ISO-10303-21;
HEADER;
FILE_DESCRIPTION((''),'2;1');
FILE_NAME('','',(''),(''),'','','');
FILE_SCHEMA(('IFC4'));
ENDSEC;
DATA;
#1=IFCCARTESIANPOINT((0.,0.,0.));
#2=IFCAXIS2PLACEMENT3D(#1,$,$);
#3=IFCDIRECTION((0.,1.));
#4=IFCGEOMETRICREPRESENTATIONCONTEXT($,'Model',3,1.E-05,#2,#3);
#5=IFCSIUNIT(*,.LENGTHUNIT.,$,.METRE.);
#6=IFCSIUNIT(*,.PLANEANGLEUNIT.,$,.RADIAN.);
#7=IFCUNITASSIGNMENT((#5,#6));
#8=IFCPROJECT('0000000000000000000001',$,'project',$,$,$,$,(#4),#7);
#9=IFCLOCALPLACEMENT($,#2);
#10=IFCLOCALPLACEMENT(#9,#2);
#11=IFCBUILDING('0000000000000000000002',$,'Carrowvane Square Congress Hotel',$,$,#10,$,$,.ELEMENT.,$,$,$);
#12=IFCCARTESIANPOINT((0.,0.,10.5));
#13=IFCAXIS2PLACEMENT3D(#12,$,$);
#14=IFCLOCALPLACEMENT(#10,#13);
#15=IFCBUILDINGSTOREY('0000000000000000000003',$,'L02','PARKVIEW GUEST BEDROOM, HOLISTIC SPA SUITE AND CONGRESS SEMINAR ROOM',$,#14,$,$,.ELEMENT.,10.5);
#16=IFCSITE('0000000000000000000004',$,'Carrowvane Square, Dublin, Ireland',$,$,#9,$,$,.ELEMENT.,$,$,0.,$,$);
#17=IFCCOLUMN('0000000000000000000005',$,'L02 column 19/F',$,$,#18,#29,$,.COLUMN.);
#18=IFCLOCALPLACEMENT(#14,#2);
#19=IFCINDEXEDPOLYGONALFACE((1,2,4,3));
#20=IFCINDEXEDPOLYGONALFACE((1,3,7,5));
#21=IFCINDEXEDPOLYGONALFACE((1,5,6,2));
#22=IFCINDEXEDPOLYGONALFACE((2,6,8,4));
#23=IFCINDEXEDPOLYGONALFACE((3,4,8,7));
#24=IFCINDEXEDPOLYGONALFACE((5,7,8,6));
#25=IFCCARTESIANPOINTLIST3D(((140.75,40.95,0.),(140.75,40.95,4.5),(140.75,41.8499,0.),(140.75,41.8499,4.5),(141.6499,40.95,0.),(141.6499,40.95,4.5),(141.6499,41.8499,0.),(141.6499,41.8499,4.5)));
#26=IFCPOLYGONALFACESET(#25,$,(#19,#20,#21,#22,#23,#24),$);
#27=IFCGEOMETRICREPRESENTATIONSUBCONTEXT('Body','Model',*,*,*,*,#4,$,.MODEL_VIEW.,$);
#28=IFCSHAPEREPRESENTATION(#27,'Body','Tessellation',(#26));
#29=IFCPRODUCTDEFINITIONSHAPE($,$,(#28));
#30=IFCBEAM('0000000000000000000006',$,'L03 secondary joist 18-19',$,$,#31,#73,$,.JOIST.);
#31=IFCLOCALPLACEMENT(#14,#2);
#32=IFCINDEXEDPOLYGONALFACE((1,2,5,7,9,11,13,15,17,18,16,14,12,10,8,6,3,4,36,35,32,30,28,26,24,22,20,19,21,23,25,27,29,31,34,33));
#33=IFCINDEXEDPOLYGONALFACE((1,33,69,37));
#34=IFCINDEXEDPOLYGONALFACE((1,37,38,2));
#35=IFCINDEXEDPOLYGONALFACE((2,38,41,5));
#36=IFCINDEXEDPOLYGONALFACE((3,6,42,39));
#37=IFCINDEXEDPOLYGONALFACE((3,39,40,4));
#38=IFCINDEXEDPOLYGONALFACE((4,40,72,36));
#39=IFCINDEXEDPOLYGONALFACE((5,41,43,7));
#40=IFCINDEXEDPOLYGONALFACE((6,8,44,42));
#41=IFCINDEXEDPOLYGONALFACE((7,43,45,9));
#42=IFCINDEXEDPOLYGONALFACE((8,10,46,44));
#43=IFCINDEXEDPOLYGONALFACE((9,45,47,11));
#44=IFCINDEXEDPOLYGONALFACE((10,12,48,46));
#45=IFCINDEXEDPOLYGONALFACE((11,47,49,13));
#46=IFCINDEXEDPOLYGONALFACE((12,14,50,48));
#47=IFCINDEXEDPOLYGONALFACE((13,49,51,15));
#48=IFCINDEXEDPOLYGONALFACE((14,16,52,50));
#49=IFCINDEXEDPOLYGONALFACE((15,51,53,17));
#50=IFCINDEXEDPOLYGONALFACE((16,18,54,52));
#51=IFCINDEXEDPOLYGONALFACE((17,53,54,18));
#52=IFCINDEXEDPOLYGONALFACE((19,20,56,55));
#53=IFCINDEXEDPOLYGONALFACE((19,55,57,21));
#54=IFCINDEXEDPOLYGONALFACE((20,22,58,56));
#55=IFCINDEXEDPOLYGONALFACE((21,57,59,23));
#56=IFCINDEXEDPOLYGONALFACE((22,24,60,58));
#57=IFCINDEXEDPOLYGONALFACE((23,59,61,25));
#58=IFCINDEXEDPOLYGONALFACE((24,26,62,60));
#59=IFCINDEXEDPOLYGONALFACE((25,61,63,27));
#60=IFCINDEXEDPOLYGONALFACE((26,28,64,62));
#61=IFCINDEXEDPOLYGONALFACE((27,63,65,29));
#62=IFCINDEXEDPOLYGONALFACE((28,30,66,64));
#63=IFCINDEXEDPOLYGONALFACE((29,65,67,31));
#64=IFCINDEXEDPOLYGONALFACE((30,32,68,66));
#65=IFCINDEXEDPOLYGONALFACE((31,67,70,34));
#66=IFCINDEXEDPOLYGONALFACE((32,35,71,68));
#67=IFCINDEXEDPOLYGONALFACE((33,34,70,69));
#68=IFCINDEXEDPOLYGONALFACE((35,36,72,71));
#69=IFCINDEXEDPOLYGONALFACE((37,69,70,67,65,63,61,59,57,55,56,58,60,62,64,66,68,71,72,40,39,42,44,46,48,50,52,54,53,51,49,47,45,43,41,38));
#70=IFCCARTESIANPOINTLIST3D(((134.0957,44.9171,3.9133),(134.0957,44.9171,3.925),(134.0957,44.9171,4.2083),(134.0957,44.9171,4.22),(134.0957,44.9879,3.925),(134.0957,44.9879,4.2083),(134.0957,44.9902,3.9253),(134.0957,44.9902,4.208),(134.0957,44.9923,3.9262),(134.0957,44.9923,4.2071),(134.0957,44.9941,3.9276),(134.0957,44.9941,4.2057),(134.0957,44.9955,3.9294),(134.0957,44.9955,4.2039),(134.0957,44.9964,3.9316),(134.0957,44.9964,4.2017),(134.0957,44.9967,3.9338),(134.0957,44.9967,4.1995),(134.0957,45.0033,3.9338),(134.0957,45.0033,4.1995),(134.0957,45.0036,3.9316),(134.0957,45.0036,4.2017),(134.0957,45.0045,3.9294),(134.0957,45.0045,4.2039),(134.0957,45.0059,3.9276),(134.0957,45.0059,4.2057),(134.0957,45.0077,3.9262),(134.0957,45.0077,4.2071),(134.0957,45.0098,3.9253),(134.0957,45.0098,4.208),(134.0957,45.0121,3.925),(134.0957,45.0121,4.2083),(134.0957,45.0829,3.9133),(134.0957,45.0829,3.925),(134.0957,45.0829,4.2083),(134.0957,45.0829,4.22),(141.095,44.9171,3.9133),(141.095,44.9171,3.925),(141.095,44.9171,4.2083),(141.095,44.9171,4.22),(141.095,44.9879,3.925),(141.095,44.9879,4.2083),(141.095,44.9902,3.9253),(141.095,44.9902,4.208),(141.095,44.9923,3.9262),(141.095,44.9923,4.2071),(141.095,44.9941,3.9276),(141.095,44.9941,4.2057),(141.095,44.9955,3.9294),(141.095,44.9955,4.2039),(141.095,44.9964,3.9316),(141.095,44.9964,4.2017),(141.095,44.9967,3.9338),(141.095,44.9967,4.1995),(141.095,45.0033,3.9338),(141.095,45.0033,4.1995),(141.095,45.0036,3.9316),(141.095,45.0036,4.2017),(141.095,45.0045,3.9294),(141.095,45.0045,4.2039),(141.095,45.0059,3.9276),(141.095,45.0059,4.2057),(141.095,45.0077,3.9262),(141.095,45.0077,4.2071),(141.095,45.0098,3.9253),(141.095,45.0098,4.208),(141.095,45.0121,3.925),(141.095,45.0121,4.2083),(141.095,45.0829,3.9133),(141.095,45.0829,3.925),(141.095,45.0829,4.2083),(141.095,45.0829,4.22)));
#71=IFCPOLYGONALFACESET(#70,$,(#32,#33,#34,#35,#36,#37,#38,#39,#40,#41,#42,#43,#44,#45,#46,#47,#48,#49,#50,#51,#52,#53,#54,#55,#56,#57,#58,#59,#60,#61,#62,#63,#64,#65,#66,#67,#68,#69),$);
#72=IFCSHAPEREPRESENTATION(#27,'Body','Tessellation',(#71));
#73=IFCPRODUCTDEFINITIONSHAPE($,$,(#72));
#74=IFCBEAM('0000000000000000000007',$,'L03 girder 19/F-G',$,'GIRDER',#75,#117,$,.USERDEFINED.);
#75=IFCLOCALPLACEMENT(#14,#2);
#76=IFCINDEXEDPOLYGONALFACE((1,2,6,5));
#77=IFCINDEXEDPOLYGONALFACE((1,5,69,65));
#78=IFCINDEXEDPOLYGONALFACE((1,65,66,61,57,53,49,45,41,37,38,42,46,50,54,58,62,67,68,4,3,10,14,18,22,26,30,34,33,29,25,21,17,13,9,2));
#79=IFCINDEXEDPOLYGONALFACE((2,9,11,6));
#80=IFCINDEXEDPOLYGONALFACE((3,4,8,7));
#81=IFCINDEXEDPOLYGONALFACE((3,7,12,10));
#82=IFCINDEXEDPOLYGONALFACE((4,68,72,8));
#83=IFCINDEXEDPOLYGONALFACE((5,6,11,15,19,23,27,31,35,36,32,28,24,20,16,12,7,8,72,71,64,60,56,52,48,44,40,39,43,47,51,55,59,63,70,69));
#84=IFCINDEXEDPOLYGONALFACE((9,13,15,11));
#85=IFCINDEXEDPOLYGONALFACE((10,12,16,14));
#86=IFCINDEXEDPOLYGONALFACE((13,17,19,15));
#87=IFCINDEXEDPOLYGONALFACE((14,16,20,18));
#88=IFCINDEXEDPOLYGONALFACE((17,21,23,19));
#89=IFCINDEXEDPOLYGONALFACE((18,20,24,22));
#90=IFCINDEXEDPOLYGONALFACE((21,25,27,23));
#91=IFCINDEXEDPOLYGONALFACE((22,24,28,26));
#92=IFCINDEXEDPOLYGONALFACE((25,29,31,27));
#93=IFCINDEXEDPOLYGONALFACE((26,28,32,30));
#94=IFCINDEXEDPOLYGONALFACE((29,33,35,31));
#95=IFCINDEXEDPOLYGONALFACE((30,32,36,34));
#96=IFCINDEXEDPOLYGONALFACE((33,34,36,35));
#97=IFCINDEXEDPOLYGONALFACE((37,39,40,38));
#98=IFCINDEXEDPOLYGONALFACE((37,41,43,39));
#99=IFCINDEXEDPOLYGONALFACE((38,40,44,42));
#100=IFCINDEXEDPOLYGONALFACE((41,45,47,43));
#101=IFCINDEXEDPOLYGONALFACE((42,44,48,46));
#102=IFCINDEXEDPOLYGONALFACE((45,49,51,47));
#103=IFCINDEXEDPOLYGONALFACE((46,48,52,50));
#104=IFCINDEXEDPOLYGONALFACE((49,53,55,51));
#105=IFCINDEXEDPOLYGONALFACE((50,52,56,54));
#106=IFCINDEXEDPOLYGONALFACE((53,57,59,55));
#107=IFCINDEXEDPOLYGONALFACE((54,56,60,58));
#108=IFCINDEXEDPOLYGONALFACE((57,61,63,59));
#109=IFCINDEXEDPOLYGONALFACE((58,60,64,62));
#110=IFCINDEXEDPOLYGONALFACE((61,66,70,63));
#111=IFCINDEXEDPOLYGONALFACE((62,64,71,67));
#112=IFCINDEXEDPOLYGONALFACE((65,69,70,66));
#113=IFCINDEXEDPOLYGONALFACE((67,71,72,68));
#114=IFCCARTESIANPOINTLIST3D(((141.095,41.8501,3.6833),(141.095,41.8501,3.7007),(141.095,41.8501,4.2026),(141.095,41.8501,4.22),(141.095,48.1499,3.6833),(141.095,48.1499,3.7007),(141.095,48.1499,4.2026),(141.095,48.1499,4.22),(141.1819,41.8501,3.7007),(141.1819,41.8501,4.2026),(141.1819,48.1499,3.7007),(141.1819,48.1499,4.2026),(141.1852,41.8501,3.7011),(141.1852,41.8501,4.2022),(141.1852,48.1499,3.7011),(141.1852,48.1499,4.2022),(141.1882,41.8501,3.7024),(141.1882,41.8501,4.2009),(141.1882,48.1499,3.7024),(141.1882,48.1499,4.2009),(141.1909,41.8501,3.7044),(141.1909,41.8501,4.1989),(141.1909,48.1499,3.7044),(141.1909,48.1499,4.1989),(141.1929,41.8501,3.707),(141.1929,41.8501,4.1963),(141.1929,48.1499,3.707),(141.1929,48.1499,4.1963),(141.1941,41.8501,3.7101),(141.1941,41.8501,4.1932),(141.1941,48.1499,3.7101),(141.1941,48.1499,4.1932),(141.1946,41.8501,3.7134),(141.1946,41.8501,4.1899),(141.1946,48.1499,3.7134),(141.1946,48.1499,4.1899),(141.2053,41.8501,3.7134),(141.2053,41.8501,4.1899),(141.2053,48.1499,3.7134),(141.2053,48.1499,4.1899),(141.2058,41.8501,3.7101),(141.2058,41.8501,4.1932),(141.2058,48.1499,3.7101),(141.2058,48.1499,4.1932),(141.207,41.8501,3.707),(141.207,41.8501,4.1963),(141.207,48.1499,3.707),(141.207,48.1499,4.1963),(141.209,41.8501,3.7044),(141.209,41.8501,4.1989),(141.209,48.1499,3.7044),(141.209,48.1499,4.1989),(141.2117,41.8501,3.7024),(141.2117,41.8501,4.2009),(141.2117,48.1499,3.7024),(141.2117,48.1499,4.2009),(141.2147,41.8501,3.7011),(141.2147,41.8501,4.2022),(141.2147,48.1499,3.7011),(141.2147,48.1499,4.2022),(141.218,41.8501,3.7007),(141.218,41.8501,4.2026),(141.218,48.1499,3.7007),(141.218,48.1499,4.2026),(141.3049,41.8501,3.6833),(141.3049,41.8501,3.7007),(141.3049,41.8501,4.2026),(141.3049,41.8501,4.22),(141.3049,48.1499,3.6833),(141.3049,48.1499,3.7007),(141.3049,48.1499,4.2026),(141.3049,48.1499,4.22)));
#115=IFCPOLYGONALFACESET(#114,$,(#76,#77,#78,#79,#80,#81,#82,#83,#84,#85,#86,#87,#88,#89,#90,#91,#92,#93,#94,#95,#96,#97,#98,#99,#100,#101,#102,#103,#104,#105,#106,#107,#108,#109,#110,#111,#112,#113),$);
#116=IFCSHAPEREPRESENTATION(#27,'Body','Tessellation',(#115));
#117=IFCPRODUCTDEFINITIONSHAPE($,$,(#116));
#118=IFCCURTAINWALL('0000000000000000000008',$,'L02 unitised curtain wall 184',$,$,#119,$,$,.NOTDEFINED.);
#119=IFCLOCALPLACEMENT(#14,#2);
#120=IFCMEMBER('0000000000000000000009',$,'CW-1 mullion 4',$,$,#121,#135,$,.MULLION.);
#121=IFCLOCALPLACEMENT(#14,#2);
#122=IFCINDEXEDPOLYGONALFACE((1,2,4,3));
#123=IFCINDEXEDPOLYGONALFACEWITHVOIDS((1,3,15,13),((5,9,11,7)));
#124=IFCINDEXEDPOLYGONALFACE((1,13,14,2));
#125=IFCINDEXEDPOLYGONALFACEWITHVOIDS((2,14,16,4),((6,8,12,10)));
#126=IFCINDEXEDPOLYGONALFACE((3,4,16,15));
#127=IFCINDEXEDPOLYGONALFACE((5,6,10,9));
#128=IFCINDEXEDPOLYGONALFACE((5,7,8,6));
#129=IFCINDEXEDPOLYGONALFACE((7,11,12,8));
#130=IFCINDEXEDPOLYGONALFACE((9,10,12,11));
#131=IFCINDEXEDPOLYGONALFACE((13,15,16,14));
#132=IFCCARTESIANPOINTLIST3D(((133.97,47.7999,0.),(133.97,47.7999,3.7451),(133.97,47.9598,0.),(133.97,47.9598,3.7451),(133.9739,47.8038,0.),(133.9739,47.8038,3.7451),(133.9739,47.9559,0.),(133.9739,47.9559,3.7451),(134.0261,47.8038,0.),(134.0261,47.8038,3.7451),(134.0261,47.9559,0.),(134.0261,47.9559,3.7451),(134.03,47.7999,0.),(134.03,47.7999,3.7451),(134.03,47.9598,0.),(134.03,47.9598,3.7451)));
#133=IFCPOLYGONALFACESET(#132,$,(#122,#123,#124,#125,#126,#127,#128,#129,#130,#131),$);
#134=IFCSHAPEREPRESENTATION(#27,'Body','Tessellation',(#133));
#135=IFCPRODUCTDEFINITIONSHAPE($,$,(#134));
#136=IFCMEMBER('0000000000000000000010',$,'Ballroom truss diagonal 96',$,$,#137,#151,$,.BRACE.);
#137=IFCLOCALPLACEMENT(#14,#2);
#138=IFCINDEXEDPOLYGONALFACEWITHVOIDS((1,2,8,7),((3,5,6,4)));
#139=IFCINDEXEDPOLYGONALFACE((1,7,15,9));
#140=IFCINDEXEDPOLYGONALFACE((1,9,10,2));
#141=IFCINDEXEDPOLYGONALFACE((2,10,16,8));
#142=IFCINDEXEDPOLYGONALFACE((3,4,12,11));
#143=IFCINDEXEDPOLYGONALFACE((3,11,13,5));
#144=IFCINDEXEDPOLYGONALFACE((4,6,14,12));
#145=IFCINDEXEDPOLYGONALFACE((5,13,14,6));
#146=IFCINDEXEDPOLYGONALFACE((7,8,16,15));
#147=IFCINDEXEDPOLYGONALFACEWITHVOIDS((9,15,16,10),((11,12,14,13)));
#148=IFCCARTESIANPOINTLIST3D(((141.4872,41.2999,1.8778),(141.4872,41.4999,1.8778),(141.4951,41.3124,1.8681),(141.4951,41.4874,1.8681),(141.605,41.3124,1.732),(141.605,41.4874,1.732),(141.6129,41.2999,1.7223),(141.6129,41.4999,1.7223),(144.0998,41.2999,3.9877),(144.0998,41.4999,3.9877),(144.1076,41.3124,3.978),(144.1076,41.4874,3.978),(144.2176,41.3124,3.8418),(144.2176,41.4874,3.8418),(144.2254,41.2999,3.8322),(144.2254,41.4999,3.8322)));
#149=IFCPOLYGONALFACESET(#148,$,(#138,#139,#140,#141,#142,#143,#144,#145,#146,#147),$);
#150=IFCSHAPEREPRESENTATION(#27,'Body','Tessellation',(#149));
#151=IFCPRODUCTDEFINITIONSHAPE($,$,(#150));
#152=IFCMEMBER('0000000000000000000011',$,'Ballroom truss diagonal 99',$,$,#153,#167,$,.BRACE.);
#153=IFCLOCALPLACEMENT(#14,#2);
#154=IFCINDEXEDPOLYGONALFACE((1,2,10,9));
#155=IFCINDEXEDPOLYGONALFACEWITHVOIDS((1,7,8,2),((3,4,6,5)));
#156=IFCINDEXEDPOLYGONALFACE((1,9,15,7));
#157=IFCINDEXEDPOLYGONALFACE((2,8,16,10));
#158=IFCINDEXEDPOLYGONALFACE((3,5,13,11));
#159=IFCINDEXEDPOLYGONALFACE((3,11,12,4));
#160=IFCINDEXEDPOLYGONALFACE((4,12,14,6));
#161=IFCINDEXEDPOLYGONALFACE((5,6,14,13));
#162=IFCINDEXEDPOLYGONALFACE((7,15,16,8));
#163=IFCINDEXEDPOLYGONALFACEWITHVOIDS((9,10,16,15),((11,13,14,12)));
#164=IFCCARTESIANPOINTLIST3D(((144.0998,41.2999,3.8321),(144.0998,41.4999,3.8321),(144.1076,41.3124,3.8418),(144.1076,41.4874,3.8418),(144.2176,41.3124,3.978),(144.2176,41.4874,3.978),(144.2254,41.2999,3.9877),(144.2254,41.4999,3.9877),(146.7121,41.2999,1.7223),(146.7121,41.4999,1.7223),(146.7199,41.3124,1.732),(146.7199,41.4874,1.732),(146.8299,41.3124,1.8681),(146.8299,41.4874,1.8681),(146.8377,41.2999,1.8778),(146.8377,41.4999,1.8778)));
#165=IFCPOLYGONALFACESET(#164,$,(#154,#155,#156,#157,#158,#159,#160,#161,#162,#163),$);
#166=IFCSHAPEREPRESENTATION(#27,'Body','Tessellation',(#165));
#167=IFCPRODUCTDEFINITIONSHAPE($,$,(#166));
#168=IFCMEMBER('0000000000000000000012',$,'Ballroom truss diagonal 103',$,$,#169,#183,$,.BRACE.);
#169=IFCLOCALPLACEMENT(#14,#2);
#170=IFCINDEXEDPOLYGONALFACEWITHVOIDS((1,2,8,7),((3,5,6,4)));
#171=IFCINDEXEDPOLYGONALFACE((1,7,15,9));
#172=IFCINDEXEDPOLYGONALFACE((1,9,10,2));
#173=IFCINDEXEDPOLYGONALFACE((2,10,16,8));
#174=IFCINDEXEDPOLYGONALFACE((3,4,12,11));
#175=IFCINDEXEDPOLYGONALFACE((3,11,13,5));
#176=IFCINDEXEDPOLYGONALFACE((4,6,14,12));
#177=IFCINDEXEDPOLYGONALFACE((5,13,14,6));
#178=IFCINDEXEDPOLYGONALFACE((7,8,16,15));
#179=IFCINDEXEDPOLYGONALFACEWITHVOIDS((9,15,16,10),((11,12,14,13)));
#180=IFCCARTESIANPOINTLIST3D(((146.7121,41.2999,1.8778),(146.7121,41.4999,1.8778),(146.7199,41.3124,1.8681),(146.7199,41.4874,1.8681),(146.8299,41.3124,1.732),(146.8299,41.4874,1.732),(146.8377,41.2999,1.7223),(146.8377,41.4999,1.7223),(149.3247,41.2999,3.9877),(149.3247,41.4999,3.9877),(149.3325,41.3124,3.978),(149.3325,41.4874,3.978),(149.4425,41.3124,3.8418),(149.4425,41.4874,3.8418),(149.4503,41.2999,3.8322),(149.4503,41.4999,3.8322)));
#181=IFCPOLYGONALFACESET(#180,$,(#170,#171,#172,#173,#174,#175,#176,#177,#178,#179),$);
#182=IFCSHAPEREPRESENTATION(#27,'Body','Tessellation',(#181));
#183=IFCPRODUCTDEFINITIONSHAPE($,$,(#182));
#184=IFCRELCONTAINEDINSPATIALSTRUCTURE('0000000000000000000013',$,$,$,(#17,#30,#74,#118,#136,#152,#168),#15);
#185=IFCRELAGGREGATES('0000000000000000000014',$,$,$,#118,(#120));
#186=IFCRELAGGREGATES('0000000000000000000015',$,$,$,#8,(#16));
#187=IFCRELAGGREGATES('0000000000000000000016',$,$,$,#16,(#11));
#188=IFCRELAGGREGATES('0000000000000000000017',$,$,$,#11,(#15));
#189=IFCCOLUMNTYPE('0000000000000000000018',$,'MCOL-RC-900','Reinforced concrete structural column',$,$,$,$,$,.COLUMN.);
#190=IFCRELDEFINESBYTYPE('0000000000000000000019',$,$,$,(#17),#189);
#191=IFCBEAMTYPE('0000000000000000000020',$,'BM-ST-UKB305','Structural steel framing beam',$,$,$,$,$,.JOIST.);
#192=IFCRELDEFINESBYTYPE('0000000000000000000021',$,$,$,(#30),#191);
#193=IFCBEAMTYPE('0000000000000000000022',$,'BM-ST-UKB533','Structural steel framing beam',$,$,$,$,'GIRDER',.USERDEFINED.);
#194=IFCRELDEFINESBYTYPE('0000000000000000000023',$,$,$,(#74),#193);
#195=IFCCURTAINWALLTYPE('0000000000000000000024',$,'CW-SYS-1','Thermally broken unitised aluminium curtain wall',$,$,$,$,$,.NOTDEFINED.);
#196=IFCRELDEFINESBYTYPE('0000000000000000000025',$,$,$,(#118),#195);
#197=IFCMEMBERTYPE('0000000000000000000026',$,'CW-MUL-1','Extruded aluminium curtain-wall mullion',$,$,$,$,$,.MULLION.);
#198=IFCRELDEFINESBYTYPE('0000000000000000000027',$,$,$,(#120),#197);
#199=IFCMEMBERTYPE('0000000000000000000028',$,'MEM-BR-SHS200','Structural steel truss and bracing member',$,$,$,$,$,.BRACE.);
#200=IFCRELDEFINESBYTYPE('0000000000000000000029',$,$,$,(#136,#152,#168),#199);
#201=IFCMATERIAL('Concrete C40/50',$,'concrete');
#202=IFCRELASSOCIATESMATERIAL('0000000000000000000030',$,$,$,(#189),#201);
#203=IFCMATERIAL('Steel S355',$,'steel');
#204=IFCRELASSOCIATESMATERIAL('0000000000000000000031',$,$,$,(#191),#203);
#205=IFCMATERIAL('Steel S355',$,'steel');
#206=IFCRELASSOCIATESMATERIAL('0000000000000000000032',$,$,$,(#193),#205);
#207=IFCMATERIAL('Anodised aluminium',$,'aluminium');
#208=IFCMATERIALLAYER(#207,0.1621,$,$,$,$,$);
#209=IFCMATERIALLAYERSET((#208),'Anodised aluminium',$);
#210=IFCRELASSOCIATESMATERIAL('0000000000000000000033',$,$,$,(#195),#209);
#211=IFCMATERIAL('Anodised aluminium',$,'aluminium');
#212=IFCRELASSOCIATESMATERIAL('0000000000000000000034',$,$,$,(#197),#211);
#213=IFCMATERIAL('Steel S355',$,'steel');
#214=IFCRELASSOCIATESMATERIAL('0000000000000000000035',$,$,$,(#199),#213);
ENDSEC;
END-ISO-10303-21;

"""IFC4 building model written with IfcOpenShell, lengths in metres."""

from ifc_helpers import new_model, si_unit, direction, frame, origin, origin_2d, place, context, subcontext, project, spatial, rectangle, hollow_rectangle, i_section, extrude, material, layer, layer_set, material_profile, profile_set, type_object, element, aggregate, save


model = new_model("IFC4")

# Units and contexts
model_context = context("Model", 3, precision=1e-05, world=origin(), true_north=direction((0.0, 1.0)))
body_context = subcontext(model_context, "Body", "Model", "MODEL_VIEW")
ifc_project = project(units=[si_unit("LENGTHUNIT", "METRE"), si_unit("PLANEANGLEUNIT", "RADIAN")], contexts=[model_context])

# Site, building, storey
site_placement = place(None, origin())
site = spatial("IfcSite", under=ifc_project, at=site_placement, Name="Carrowvane Square, Dublin, Ireland", CompositionType="ELEMENT", RefElevation=0.0)
building_placement = place(site_placement, origin())
building = spatial("IfcBuilding", under=site, at=building_placement, Name="Carrowvane Square Congress Hotel", CompositionType="ELEMENT")
storey_placement = place(building_placement, frame((0.0, 0.0, 10.5)))
storey = spatial("IfcBuildingStorey", under=building, at=storey_placement, Name="L02", Description="PARKVIEW GUEST BEDROOM, HOLISTIC SPA SUITE AND CONGRESS SEMINAR ROOM", CompositionType="ELEMENT", Elevation=10.5)

# Column
ifc_material_1 = material(Name="Concrete C40/50", Category="concrete")
ifc_material_profile_1 = material_profile(ifc_material_1, rectangle(XDim=0.8999, YDim=0.8999, at=origin_2d()), Name="RC 900x900")
ifc_profile_set_1 = profile_set([ifc_material_profile_1], Name="Concrete C40/50")
column_type = type_object("IfcColumnType", Name="MCOL-RC-900", Description="Reinforced concrete structural column", PredefinedType="COLUMN", material=ifc_profile_set_1)
column_placement = place(storey_placement, frame((141.2, 41.3999, 0.0), z_axis=(0.0, 0.0, 1.0), x_axis=(1.0, 0.0, 0.0)))
element("IfcColumn", 1, at=column_placement, inside=storey, type_object=column_type, Name="L02 column 19/F", PredefinedType="COLUMN", context=body_context, shape_type="SweptSolid", body=[
    extrude(rectangle(XDim=0.8999, YDim=0.8999, at=origin_2d()), origin(), (0.0, 0.0, 1.0), 4.5),
])

# Beams
ifc_material_2 = material(Name="Steel S355", Category="steel")
ifc_material_profile_2 = material_profile(ifc_material_2, i_section(OverallWidth=0.1658, OverallDepth=0.3066, WebThickness=0.0066, FlangeThickness=0.0117, FilletRadius=0.0088, at=origin_2d()), Name="UKB 305x165x46")
ifc_profile_set_2 = profile_set([ifc_material_profile_2], Name="Steel S355")
beam_type_1 = type_object("IfcBeamType", Name="BM-ST-UKB305", Description="Structural steel framing beam", PredefinedType="JOIST", material=ifc_profile_set_2)
beam_1_placement = place(storey_placement, frame((134.0957, 45.0, 4.0667), z_axis=(1.0, 0.0, 0.0), x_axis=(0.0, 1.0, 0.0)))
element("IfcBeam", 2, at=beam_1_placement, inside=storey, type_object=beam_type_1, Name="L03 secondary joist 18-19", PredefinedType="JOIST", context=body_context, shape_type="SweptSolid", body=[
    extrude(i_section(OverallWidth=0.1658, OverallDepth=0.3066, WebThickness=0.0066, FlangeThickness=0.0117, FilletRadius=0.0088, at=origin_2d()), origin(), (0.0, 0.0, 1.0), 6.9993),
])
ifc_material_3 = material(Name="Steel S355", Category="steel")
ifc_material_profile_3 = material_profile(ifc_material_3, i_section(OverallWidth=0.21, OverallDepth=0.5366, WebThickness=0.0107, FlangeThickness=0.0173, FilletRadius=0.0127, at=origin_2d()), Name="UKB 533x210x101")
ifc_profile_set_3 = profile_set([ifc_material_profile_3], Name="Steel S355")
beam_type_2 = type_object("IfcBeamType", Name="BM-ST-UKB533", Description="Structural steel framing beam", ElementType="GIRDER", PredefinedType="USERDEFINED", material=ifc_profile_set_3)
beam_2_placement = place(storey_placement, frame((141.2, 41.8501, 3.9517), z_axis=(0.0, 1.0, 0.0), x_axis=(-1.0, 0.0, 0.0)))
element("IfcBeam", 3, at=beam_2_placement, inside=storey, type_object=beam_type_2, Name="L03 girder 19/F-G", ObjectType="GIRDER", PredefinedType="USERDEFINED", context=body_context, shape_type="SweptSolid", body=[
    extrude(i_section(OverallWidth=0.21, OverallDepth=0.5366, WebThickness=0.0107, FlangeThickness=0.0173, FilletRadius=0.0127, at=origin_2d()), origin(), (0.0, 0.0, 1.0), 6.2998),
])

# Curtain wall, member
ifc_material_4 = material(Name="Anodised aluminium", Category="aluminium")
ifc_layer_1 = layer(ifc_material_4, 0.1621)
ifc_layer_set_1 = layer_set([ifc_layer_1], Name="Anodised aluminium")
curtain_wall_type = type_object("IfcCurtainWallType", Name="CW-SYS-1", Description="Thermally broken unitised aluminium curtain wall", PredefinedType="NOTDEFINED", material=ifc_layer_set_1)
curtain_wall_placement = place(storey_placement, origin())
curtain_wall = element("IfcCurtainWall", 4, at=curtain_wall_placement, inside=storey, type_object=curtain_wall_type, Name="L02 unitised curtain wall 184", PredefinedType="NOTDEFINED")
ifc_material_5 = material(Name="Anodised aluminium", Category="aluminium")
ifc_material_profile_4 = material_profile(ifc_material_5, hollow_rectangle(XDim=0.0601, YDim=0.1599, WallThickness=0.0039, at=origin_2d()), Name="CW-ML 60x160x4")
ifc_profile_set_4 = profile_set([ifc_material_profile_4], Name="Anodised aluminium")
member_type_1 = type_object("IfcMemberType", Name="CW-MUL-1", Description="Extruded aluminium curtain-wall mullion", PredefinedType="MULLION", material=ifc_profile_set_4)
member_1_placement = place(storey_placement, frame((134.0, 47.8799, 0.0), z_axis=(0.0, 0.0, 1.0), x_axis=(-1.0, 0.0, 0.0)))
member_1 = element("IfcMember", 5, at=member_1_placement, type_object=member_type_1, Name="CW-1 mullion 4", PredefinedType="MULLION", context=body_context, shape_type="SweptSolid", body=[
    extrude(hollow_rectangle(XDim=0.0601, YDim=0.1599, WallThickness=0.0039, at=origin_2d()), origin(), (0.0, 0.0, 1.0), 3.7451),
])

# Members
ifc_material_6 = material(Name="Steel S355", Category="steel")
ifc_material_profile_5 = material_profile(ifc_material_6, hollow_rectangle(XDim=0.2, YDim=0.2, WallThickness=0.0125, at=origin_2d()), Name="SHS 200x200x12.5")
ifc_profile_set_5 = profile_set([ifc_material_profile_5], Name="Steel S355")
member_type_2 = type_object("IfcMemberType", Name="MEM-BR-SHS200", Description="Structural steel truss and bracing member", PredefinedType="BRACE", material=ifc_profile_set_5)
member_2_placement = place(storey_placement, frame((141.55, 41.3999, 1.8), z_axis=(0.777981, 0.0, 0.628288), x_axis=(0.0, 1.0, 0.0)))
element("IfcMember", 6, at=member_2_placement, inside=storey, type_object=member_type_2, Name="Ballroom truss diagonal 96", PredefinedType="BRACE", context=body_context, shape_type="SweptSolid", body=[
    extrude(hollow_rectangle(XDim=0.2, YDim=0.2, WallThickness=0.0125, at=origin_2d()), origin(), (0.0, 0.0, 1.0), 3.3582),
])
member_3_placement = place(storey_placement, frame((144.1626, 41.3999, 3.9099), z_axis=(0.777952, 0.0, -0.628324), x_axis=(0.0, 1.0, 0.0)))
element("IfcMember", 7, at=member_3_placement, inside=storey, type_object=member_type_2, Name="Ballroom truss diagonal 99", PredefinedType="BRACE", context=body_context, shape_type="SweptSolid", body=[
    extrude(hollow_rectangle(XDim=0.2, YDim=0.2, WallThickness=0.0125, at=origin_2d()), origin(), (0.0, 0.0, 1.0), 3.3579),
])
member_4_placement = place(storey_placement, frame((146.7749, 41.3999, 1.8), z_axis=(0.777981, 0.0, 0.628288), x_axis=(0.0, 1.0, 0.0)))
element("IfcMember", 8, at=member_4_placement, inside=storey, type_object=member_type_2, Name="Ballroom truss diagonal 103", PredefinedType="BRACE", context=body_context, shape_type="SweptSolid", body=[
    extrude(hollow_rectangle(XDim=0.2, YDim=0.2, WallThickness=0.0125, at=origin_2d()), origin(), (0.0, 0.0, 1.0), 3.3582),
])

aggregate(curtain_wall, [member_1])

save(model, "model.ifc")
